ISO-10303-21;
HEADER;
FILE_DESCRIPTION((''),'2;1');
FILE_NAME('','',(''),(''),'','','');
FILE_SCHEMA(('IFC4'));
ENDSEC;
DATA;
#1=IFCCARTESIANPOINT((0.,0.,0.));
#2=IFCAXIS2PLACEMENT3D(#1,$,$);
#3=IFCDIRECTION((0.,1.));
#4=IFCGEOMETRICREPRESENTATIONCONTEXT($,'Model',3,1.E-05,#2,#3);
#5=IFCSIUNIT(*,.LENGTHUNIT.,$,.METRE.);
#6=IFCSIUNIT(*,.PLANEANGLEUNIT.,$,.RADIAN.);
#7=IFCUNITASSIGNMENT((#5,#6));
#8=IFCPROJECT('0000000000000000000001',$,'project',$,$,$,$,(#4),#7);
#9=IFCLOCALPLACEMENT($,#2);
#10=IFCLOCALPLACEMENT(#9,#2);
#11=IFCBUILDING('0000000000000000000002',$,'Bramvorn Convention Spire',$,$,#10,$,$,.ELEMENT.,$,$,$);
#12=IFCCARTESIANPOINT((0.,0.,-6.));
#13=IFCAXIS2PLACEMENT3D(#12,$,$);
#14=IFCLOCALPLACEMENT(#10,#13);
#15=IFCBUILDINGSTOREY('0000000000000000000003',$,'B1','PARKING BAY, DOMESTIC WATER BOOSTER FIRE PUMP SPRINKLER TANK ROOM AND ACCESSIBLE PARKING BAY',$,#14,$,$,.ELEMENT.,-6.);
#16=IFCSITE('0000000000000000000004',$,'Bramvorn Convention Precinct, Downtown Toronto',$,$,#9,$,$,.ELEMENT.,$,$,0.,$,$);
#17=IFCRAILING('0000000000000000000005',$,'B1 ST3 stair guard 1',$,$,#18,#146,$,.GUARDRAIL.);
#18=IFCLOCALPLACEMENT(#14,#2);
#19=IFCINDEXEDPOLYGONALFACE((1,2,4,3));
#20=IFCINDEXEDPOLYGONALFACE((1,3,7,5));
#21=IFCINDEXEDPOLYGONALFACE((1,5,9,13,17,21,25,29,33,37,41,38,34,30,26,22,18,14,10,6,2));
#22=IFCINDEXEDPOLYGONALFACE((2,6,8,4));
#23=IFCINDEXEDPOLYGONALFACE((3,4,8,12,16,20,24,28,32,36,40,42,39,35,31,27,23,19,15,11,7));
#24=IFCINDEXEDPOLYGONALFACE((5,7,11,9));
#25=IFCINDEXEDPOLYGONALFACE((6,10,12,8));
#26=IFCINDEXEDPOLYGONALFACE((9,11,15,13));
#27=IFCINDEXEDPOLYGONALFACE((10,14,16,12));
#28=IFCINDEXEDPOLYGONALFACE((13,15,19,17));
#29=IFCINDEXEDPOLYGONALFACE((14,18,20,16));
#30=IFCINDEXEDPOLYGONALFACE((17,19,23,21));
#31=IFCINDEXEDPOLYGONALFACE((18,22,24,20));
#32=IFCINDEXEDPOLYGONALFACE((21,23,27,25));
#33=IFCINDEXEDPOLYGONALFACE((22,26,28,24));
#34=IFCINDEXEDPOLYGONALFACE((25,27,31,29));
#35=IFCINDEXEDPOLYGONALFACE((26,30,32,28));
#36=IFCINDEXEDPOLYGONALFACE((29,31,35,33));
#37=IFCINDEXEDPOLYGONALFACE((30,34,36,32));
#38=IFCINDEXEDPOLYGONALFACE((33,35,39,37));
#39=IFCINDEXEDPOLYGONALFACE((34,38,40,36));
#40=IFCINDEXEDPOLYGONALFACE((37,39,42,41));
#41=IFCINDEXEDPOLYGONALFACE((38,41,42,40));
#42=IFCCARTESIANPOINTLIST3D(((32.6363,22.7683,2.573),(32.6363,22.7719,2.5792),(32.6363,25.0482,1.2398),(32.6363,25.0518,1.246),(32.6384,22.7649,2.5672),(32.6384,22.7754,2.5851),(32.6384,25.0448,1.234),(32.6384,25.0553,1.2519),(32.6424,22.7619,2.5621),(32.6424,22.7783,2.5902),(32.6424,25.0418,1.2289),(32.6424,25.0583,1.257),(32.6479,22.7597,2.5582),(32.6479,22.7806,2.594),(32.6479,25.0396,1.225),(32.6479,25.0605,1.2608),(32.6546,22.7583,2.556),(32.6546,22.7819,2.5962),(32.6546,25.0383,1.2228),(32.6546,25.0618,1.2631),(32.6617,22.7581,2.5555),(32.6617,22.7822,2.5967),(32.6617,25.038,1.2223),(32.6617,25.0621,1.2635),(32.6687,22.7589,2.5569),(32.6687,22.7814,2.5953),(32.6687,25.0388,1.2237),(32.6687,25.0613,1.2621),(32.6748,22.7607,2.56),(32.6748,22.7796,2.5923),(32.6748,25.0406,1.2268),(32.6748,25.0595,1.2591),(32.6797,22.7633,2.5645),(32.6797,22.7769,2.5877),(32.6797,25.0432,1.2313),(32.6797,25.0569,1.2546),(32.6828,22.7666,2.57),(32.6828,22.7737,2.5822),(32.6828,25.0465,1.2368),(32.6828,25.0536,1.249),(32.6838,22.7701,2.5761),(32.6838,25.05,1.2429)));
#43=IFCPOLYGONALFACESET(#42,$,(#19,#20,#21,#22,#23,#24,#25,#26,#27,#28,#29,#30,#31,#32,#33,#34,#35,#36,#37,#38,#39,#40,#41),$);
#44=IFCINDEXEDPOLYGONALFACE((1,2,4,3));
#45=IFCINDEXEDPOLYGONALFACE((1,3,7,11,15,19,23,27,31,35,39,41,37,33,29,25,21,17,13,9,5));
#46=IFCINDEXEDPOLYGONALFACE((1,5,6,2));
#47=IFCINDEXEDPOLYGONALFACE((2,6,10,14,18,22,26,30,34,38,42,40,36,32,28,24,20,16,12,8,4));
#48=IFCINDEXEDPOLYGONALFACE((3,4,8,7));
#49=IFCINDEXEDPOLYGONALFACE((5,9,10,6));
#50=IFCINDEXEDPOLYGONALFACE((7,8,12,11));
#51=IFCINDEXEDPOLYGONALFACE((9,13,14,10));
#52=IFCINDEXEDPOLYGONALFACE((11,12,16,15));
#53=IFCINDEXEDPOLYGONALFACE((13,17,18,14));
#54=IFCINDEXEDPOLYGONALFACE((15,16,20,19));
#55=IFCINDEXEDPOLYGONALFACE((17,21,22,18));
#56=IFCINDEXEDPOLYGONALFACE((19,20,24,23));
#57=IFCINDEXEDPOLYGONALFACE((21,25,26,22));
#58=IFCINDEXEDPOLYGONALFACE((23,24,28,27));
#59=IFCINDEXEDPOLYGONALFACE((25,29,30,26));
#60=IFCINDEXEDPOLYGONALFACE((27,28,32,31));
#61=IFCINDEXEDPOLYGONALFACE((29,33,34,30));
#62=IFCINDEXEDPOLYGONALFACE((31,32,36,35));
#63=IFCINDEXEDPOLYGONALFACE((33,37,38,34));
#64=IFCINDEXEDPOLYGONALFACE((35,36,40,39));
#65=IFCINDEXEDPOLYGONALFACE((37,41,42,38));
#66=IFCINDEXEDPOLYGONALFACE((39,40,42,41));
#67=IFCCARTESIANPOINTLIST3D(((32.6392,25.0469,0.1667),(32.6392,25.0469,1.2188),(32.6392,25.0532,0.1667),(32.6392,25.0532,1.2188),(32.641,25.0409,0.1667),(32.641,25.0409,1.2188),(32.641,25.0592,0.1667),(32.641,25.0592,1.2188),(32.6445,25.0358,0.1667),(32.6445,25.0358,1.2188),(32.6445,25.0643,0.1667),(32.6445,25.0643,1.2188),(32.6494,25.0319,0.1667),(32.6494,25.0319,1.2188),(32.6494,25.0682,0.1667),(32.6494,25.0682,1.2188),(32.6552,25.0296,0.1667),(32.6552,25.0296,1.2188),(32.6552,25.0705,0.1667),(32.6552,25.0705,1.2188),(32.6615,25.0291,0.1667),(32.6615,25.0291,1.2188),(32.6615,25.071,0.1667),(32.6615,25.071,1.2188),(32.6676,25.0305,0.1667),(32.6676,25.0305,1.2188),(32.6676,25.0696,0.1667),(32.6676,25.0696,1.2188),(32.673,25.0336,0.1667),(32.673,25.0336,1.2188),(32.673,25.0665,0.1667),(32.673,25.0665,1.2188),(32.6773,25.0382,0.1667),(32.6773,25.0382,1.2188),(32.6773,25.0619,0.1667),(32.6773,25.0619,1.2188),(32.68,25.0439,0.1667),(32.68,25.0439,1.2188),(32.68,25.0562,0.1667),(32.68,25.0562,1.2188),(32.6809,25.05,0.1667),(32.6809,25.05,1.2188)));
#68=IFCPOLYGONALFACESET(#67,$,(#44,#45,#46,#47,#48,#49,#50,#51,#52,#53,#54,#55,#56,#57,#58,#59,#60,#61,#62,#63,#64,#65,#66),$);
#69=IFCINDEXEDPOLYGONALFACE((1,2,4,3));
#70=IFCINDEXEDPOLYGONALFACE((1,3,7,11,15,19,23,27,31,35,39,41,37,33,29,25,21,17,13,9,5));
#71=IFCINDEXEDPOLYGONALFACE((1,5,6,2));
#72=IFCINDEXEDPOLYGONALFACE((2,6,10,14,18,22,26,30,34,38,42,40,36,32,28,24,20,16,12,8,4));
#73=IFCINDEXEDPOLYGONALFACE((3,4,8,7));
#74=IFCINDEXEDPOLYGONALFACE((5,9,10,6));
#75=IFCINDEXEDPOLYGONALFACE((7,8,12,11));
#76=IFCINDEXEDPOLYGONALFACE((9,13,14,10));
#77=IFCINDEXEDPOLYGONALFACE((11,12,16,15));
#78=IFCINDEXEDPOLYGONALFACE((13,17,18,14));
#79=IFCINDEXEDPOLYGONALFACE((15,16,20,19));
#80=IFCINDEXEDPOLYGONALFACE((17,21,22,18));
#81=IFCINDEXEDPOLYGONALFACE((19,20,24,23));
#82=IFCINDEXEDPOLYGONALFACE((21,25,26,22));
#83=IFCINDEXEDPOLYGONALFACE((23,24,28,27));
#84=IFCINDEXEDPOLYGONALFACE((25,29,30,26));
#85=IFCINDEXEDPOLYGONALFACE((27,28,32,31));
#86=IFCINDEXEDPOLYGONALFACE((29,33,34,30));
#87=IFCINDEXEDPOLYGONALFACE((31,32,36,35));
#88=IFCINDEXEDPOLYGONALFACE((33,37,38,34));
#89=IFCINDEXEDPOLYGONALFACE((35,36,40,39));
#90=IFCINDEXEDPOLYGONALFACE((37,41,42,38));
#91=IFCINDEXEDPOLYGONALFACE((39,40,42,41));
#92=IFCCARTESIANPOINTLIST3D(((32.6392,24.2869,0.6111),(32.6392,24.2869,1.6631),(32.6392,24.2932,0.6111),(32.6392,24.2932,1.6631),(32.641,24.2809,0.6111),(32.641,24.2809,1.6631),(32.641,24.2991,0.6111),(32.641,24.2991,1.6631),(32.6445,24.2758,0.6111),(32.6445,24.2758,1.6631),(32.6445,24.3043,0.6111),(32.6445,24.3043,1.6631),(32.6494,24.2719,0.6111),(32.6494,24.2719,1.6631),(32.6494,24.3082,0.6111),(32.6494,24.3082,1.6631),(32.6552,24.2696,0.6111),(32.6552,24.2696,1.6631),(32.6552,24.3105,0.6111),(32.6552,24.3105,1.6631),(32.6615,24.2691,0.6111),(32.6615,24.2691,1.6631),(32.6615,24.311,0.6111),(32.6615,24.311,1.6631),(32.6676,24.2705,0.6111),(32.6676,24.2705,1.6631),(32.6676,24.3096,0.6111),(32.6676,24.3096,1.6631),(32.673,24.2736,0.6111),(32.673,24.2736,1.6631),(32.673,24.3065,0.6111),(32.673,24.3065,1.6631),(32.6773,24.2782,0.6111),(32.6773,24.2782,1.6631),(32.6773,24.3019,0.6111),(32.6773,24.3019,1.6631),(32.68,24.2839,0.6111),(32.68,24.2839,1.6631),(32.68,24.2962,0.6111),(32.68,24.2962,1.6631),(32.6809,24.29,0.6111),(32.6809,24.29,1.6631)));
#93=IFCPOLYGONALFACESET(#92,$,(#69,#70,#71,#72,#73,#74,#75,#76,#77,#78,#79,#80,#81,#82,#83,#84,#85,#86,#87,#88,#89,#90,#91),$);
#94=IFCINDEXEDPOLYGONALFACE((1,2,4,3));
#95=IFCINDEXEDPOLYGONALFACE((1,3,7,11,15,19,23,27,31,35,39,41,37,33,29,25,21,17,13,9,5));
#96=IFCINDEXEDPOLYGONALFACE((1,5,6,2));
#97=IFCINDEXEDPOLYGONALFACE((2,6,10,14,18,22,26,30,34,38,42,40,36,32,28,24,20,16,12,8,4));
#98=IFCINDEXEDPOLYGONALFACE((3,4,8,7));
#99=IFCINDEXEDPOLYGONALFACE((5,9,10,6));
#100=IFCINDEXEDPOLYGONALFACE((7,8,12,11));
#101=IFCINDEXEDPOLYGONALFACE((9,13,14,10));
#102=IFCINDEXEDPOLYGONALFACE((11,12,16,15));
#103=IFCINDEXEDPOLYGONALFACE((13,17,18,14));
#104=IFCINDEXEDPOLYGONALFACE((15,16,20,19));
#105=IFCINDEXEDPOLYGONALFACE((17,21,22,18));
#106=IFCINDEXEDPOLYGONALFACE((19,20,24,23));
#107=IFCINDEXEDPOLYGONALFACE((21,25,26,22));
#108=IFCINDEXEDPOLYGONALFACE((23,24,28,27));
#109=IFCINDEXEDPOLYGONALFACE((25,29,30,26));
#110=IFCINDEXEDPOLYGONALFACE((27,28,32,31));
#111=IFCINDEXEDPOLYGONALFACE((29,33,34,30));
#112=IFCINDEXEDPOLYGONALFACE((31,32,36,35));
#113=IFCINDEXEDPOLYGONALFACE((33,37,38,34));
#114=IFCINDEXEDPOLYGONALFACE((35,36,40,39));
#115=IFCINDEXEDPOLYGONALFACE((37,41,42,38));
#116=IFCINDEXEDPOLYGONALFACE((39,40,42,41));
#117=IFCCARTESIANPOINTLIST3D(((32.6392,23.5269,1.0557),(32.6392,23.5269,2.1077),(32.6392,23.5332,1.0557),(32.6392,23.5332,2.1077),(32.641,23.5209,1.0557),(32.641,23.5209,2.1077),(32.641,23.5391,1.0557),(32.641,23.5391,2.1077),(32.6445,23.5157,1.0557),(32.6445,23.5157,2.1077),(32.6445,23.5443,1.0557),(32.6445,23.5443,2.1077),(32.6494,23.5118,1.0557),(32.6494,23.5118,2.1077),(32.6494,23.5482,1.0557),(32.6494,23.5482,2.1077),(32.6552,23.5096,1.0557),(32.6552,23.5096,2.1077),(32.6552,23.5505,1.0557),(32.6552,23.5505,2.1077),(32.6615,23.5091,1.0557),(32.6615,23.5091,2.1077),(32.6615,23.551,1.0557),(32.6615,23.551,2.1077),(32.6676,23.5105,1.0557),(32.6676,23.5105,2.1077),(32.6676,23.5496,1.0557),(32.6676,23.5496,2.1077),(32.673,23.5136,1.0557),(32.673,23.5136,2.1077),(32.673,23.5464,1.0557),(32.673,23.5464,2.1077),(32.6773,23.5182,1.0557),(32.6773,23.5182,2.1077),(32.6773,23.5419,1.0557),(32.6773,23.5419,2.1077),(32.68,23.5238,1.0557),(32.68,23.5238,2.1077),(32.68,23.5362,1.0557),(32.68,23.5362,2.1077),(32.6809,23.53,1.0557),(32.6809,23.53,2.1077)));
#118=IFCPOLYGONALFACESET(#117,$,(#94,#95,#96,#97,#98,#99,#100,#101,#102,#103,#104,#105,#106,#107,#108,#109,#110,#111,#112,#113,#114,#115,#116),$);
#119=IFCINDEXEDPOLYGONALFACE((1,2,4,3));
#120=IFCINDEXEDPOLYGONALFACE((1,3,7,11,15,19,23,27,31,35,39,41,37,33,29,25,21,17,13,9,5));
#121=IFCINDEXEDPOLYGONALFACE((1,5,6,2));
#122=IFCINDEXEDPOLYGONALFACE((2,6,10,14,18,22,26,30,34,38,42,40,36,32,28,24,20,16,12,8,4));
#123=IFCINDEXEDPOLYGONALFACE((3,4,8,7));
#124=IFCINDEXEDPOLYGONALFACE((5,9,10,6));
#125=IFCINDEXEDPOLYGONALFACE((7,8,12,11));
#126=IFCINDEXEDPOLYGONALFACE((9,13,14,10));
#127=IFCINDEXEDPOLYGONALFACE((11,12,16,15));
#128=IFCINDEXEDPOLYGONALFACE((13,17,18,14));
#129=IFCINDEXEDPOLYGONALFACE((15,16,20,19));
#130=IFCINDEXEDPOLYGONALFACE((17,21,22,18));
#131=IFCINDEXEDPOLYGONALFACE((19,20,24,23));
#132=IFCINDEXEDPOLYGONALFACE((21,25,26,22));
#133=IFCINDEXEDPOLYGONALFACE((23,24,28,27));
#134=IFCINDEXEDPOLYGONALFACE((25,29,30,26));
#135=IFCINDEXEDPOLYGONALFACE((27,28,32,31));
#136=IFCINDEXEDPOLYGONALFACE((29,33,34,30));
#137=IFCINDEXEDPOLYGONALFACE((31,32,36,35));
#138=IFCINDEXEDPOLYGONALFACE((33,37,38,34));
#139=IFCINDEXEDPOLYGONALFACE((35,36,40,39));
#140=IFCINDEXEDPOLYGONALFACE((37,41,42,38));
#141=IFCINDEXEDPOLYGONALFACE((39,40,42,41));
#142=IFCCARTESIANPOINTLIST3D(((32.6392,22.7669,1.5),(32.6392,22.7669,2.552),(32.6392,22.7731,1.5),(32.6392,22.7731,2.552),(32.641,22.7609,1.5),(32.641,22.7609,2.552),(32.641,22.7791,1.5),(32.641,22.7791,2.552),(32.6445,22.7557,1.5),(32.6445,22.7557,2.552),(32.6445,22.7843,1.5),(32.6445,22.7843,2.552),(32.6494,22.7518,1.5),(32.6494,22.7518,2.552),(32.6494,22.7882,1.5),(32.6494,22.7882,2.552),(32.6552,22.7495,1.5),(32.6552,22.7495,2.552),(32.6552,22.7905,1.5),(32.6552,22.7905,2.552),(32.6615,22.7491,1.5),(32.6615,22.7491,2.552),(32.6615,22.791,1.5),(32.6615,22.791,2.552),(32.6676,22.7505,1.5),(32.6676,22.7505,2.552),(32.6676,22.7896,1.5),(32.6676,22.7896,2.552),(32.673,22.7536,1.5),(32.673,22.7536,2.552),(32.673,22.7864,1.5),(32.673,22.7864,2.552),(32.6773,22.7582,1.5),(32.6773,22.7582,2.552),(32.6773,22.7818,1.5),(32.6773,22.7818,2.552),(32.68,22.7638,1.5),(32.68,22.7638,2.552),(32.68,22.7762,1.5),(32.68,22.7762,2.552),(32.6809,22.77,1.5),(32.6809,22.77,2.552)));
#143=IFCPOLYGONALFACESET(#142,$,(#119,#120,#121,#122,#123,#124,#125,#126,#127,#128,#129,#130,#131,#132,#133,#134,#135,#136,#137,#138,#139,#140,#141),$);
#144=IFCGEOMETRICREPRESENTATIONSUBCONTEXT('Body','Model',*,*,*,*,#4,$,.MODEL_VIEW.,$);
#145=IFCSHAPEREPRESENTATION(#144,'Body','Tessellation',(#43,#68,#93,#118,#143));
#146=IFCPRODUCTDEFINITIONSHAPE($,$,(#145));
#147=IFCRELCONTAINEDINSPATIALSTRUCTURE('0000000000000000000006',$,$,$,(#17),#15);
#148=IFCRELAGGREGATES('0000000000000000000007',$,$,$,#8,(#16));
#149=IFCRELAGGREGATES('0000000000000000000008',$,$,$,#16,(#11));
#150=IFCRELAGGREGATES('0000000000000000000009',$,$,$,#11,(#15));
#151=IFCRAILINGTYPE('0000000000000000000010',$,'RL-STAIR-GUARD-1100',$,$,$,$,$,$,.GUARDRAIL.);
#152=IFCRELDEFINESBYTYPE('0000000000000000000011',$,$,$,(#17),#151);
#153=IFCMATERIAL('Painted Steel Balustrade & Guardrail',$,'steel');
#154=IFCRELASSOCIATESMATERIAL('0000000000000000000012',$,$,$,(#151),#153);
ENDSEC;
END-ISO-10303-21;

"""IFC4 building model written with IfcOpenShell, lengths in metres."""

from ifc_helpers import new_model, si_unit, direction, frame, origin, origin_2d, place, context, subcontext, project, spatial, circle, extrude, material, type_object, element, save


model = new_model("IFC4")

# Units and contexts
model_context = context("Model", 3, precision=1e-05, world=origin(), true_north=direction((0.0, 1.0)))
body_context = subcontext(model_context, "Body", "Model", "MODEL_VIEW")
ifc_project = project(units=[si_unit("LENGTHUNIT", "METRE"), si_unit("PLANEANGLEUNIT", "RADIAN")], contexts=[model_context])

# Site, building, storey
site_placement = place(None, origin())
site = spatial("IfcSite", under=ifc_project, at=site_placement, Name="Bramvorn Convention Precinct, Downtown Toronto", CompositionType="ELEMENT", RefElevation=0.0)
building_placement = place(site_placement, origin())
building = spatial("IfcBuilding", under=site, at=building_placement, Name="Bramvorn Convention Spire", CompositionType="ELEMENT")
storey_placement = place(building_placement, frame((0.0, 0.0, -6.0)))
storey = spatial("IfcBuildingStorey", under=building, at=storey_placement, Name="B1", Description="PARKING BAY, DOMESTIC WATER BOOSTER FIRE PUMP SPRINKLER TANK ROOM AND ACCESSIBLE PARKING BAY", CompositionType="ELEMENT", Elevation=-6.0)

# Railing
ifc_material_1 = material(Name="Painted Steel Balustrade & Guardrail", Category="steel")
railing_type_1 = type_object("IfcRailingType", Name="RL-STAIR-GUARD-1100", PredefinedType="GUARDRAIL", material=ifc_material_1)
railing_1_placement = place(storey_placement, frame((32.6599, 25.05, 0.1667)))
element("IfcRailing", 1, at=railing_1_placement, inside=storey, type_object=railing_type_1, Name="B1 ST3 stair guard 1", PredefinedType="GUARDRAIL", context=body_context, shape_type="SweptSolid", body=[
    extrude(circle(Radius=0.0239, at=origin_2d()), frame((0.0, 0.0, 1.0762), z_axis=(0.0, -0.863245, 0.504785), x_axis=(1.0, 0.0, 0.0)), (0.0, 0.0, 1.0), 2.6411),
    extrude(circle(Radius=0.021, at=origin_2d()), origin(), (0.0, 0.0, 1.0), 1.052),
    extrude(circle(Radius=0.021, at=origin_2d()), frame((0.0, -0.76, 0.4443)), (0.0, 0.0, 1.0), 1.052),
    extrude(circle(Radius=0.021, at=origin_2d()), frame((0.0, -1.52, 0.8889)), (0.0, 0.0, 1.0), 1.052),
    extrude(circle(Radius=0.021, at=origin_2d()), frame((0.0, -2.28, 1.3333)), (0.0, 0.0, 1.0), 1.052),
])

save(model, "model.ifc")
